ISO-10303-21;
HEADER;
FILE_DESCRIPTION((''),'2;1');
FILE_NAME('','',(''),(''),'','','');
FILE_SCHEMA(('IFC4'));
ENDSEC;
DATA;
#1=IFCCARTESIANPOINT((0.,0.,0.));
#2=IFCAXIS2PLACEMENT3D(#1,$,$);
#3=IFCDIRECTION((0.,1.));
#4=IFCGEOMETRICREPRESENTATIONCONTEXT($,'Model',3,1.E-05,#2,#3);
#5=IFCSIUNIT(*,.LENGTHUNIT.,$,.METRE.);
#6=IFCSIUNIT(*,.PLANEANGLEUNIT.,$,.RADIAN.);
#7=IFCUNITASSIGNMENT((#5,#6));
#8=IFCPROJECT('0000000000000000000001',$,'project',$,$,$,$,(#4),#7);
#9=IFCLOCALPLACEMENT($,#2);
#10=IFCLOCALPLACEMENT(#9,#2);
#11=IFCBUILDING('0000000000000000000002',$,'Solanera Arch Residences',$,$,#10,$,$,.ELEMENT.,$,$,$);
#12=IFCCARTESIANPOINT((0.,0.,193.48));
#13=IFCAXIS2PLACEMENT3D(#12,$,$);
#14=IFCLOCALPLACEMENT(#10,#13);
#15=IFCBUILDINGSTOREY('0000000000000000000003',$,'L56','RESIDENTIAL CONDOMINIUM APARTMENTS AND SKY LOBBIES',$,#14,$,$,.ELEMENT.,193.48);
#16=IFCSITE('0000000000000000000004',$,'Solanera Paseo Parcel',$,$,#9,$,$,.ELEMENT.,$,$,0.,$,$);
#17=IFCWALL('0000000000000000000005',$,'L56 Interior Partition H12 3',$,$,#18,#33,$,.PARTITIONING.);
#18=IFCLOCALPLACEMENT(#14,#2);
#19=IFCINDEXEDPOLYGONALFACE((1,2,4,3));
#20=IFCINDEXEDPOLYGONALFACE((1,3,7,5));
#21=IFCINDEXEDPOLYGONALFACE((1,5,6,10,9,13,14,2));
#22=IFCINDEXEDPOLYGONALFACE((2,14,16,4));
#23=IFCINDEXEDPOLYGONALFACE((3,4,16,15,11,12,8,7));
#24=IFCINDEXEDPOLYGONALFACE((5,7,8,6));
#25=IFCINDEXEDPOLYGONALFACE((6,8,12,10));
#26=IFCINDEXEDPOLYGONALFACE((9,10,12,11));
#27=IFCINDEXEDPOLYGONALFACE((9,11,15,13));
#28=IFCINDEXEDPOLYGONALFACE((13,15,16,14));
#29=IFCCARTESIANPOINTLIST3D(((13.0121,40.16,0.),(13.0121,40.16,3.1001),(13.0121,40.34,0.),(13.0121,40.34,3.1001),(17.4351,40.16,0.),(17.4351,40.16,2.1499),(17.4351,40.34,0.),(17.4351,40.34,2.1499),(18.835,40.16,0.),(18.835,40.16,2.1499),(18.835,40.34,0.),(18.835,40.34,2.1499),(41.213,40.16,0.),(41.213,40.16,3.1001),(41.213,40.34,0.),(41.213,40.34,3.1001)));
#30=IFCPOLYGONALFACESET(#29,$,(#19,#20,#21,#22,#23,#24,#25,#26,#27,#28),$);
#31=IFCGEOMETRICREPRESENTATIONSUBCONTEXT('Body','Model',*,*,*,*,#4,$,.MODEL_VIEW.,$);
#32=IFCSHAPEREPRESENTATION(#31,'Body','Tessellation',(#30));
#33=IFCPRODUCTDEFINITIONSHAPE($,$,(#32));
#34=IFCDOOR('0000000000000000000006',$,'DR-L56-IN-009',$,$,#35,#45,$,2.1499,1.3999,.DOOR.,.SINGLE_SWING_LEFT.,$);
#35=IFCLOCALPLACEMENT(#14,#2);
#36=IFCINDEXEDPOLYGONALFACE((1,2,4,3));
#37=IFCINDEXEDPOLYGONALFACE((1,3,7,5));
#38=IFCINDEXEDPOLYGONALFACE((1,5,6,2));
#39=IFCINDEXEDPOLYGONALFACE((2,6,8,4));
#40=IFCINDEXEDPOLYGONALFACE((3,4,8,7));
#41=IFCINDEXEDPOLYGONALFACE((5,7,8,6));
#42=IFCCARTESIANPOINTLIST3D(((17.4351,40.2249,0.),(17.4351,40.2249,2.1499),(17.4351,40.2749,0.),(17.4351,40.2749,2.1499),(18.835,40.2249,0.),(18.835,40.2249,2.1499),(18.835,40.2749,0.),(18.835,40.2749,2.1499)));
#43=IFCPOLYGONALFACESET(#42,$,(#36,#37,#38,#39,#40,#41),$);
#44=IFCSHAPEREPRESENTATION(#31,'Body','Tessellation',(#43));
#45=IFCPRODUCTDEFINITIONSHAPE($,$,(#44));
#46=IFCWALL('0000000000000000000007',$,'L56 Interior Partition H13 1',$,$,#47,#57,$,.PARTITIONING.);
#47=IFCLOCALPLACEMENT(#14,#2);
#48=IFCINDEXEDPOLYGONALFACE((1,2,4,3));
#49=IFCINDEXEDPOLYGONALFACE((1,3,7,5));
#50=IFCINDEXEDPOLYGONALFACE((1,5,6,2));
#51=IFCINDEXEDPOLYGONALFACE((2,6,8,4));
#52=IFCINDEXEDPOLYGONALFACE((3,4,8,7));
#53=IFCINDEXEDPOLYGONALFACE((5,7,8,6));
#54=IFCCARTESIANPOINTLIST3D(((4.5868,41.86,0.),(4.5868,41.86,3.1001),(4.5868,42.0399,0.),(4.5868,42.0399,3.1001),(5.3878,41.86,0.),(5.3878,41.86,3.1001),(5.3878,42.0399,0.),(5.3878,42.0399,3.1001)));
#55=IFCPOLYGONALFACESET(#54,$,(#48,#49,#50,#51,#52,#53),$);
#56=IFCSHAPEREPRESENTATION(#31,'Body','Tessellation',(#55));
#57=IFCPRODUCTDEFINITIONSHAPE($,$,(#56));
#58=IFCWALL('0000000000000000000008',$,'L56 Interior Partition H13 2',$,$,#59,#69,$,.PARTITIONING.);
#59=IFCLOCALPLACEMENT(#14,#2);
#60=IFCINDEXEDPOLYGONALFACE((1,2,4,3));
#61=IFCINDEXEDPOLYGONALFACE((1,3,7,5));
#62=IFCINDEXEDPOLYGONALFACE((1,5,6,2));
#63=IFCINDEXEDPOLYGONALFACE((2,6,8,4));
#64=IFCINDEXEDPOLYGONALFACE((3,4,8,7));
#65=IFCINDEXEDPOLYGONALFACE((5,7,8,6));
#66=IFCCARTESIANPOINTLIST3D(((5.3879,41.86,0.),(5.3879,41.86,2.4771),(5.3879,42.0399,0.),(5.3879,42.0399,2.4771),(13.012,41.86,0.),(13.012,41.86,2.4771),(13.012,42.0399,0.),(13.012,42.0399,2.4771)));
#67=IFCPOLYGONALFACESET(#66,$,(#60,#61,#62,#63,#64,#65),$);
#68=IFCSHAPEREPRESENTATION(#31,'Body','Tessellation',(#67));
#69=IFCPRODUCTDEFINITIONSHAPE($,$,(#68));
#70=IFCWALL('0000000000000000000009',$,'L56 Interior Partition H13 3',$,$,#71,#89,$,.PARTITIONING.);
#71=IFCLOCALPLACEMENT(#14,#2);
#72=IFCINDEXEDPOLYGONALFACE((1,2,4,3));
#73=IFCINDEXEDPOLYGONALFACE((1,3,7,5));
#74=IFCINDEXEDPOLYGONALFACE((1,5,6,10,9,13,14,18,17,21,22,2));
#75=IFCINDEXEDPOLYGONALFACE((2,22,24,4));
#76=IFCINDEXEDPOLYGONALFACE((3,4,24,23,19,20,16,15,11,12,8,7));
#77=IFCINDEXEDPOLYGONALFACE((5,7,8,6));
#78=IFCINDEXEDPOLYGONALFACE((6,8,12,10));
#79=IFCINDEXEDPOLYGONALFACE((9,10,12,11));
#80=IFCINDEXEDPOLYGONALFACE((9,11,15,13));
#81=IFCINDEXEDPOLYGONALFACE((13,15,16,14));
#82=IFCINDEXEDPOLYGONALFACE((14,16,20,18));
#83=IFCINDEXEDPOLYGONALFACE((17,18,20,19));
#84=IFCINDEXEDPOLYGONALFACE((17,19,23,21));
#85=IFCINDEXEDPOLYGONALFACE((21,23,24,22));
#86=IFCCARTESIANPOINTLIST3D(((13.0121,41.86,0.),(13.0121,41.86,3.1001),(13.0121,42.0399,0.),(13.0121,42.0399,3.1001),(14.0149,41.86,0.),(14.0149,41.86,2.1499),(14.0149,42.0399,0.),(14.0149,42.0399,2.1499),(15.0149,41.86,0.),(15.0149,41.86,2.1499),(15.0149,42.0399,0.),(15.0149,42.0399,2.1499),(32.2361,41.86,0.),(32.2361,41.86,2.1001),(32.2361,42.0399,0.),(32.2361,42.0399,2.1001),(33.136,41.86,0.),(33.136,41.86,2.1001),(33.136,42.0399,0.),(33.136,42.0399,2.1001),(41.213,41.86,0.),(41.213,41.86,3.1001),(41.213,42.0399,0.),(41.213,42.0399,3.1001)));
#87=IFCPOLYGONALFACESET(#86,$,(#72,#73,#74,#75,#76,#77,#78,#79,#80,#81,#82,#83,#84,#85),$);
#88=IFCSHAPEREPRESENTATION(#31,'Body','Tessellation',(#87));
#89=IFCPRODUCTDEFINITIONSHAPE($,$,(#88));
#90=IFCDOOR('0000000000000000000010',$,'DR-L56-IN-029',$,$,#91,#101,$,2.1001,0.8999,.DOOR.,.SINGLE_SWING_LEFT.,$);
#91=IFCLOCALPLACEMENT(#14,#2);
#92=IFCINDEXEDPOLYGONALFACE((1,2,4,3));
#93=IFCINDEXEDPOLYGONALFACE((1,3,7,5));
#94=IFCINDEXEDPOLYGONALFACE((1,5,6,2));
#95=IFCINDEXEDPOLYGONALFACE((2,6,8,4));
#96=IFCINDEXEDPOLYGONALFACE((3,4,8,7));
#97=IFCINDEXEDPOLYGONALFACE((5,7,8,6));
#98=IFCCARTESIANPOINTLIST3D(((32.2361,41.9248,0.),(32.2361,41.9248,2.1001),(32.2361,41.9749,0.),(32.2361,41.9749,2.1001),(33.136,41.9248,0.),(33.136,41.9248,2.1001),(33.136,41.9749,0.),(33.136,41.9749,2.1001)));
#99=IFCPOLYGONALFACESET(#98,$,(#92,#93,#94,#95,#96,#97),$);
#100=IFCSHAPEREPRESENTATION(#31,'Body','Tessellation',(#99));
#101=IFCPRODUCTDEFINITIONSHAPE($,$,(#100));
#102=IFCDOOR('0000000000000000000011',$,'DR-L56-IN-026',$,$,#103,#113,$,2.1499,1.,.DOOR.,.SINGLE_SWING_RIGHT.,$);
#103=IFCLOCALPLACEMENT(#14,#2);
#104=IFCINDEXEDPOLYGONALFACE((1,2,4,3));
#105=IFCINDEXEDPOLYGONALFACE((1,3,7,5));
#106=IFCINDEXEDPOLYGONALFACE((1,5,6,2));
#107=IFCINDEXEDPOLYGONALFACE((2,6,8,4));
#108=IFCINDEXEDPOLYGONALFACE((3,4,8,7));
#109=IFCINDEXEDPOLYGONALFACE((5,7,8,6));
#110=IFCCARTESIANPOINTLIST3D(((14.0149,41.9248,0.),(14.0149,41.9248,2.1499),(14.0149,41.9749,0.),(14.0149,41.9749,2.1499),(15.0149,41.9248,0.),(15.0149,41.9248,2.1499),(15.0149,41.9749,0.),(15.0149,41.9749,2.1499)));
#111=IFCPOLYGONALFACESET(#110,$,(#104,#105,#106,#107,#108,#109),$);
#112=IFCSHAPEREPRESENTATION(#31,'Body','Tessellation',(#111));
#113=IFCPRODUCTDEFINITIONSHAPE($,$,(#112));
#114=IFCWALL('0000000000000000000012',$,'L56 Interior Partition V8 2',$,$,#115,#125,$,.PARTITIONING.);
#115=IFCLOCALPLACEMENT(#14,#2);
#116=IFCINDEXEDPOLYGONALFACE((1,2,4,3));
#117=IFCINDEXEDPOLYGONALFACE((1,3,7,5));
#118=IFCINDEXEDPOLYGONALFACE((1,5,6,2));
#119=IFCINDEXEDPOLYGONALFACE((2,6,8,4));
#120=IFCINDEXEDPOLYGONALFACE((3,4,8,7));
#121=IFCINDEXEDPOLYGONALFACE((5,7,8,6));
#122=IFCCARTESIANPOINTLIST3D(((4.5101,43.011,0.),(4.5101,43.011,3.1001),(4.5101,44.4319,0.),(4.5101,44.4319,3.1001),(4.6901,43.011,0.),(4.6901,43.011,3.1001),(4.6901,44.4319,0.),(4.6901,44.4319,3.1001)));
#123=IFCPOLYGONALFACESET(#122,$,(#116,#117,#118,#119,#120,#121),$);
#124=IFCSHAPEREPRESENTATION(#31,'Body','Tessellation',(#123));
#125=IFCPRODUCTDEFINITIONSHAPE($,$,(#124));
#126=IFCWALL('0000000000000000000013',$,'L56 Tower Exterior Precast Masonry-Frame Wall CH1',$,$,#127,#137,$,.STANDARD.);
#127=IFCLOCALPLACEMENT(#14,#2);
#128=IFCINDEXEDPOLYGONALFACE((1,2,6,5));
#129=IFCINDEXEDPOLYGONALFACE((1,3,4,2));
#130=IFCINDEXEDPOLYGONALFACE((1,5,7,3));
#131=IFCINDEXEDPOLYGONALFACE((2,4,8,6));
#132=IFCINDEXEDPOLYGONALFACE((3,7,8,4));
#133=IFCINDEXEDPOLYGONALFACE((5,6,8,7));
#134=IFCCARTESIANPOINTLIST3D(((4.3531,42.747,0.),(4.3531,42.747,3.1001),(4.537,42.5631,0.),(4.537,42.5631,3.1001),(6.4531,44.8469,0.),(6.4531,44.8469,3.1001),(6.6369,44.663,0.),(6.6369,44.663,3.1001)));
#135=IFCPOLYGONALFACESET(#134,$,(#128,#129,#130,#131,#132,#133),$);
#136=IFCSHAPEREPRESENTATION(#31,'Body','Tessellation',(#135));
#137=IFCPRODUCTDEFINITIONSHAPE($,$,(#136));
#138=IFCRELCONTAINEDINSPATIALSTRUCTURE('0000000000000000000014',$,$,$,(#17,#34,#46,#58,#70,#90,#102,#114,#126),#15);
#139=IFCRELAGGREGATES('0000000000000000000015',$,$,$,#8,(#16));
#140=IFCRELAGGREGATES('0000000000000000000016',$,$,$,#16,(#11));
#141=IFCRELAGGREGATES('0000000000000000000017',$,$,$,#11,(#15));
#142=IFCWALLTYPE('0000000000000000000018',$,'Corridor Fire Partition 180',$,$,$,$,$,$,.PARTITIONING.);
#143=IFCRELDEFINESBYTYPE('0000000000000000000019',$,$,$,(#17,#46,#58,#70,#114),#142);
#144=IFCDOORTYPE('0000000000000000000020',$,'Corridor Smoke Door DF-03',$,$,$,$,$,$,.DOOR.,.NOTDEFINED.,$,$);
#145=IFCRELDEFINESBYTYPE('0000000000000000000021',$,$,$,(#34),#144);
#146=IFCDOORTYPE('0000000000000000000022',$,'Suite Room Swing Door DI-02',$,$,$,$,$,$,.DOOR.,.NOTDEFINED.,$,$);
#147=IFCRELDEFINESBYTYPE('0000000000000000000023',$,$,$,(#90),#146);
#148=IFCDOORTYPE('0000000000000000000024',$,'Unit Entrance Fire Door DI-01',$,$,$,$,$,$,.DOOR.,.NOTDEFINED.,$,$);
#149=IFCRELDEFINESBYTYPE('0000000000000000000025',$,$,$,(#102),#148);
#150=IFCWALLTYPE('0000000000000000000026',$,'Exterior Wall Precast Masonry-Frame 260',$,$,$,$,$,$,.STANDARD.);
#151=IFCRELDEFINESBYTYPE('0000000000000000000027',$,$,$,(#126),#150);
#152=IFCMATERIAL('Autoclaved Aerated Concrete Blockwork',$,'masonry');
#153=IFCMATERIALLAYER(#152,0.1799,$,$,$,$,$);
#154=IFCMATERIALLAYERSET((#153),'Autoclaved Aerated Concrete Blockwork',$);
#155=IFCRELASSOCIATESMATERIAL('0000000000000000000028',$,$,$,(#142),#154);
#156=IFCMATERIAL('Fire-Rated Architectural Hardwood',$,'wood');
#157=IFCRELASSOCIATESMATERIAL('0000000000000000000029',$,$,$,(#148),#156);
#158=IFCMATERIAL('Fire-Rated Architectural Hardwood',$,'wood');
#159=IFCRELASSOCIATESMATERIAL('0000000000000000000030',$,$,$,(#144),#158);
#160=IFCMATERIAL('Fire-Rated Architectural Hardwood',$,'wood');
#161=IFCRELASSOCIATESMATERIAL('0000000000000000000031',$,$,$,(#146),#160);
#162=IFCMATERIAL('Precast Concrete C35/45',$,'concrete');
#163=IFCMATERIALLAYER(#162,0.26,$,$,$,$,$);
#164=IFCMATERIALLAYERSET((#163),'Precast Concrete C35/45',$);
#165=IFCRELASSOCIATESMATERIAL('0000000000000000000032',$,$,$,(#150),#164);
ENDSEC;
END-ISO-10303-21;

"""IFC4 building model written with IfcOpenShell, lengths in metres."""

from ifc_helpers import new_model, si_unit, direction, frame, frame_2d, origin, place, context, subcontext, project, spatial, rectangle, extrude, material, layer, layer_set, type_object, element, fill, save


model = new_model("IFC4")

# Units and contexts
model_context = context("Model", 3, precision=1e-05, world=origin(), true_north=direction((0.0, 1.0)))
body_context = subcontext(model_context, "Body", "Model", "MODEL_VIEW")
ifc_project = project(units=[si_unit("LENGTHUNIT", "METRE"), si_unit("PLANEANGLEUNIT", "RADIAN")], contexts=[model_context])

# Site, building, storey
site_placement = place(None, origin())
site = spatial("IfcSite", under=ifc_project, at=site_placement, Name="Solanera Paseo Parcel", CompositionType="ELEMENT", RefElevation=0.0)
building_placement = place(site_placement, origin())
building = spatial("IfcBuilding", under=site, at=building_placement, Name="Solanera Arch Residences", CompositionType="ELEMENT")
storey_placement = place(building_placement, frame((0.0, 0.0, 193.48)))
storey = spatial("IfcBuildingStorey", under=building, at=storey_placement, Name="L56", Description="RESIDENTIAL CONDOMINIUM APARTMENTS AND SKY LOBBIES", CompositionType="ELEMENT", Elevation=193.48)

# Shared definitions
ifc_material_1 = material(Name="Autoclaved Aerated Concrete Blockwork", Category="masonry")
ifc_layer_1 = layer(ifc_material_1, 0.1799)
ifc_layer_set_1 = layer_set([ifc_layer_1], Name="Autoclaved Aerated Concrete Blockwork")
wall_type_1 = type_object("IfcWallType", Name="Corridor Fire Partition 180", PredefinedType="PARTITIONING", material=ifc_layer_set_1)

# Wall, opening, door
ifc_material_2 = material(Name="Fire-Rated Architectural Hardwood", Category="wood")
door_type_1 = type_object("IfcDoorType", Name="Unit Entrance Fire Door DI-01", OperationType="NOTDEFINED", PredefinedType="DOOR", material=ifc_material_2)
wall_1_placement = place(storey_placement, frame((13.012, 40.25, 0.0), z_axis=(0.0, 0.0, 1.0), x_axis=(1.0, 0.0, 0.0)))
wall_1 = element("IfcWall", 1, at=wall_1_placement, inside=storey, type_object=wall_type_1, Name="L56 Interior Partition H12 3", PredefinedType="PARTITIONING", context=body_context, shape_type="SweptSolid", body=[
    extrude(rectangle(XDim=28.2009, YDim=0.1799, at=frame_2d((14.1006, 0.0))), origin(), (0.0, 0.0, 1.0), 3.1001),
])
opening_1_placement = place(wall_1_placement, frame((4.4231, 0.0, 0.0)))
opening_1 = element("IfcOpeningElement", 2, at=opening_1_placement, cuts=wall_1, PredefinedType="OPENING", context=body_context, shape_type="SweptSolid", body=[
    extrude(rectangle(XDim=1.3999, YDim=2.1499, at=frame_2d((0.7, 1.075))), frame((0.0, 0.1001, 0.0), z_axis=(0.0, -1.0, 0.0), x_axis=(1.0, 0.0, 0.0)), (0.0, 0.0, 1.0), 0.1999),
])
ifc_material_3 = material(Name="Fire-Rated Architectural Hardwood", Category="wood")
door_type_2 = type_object("IfcDoorType", Name="Corridor Smoke Door DF-03", OperationType="NOTDEFINED", PredefinedType="DOOR", material=ifc_material_3)
door_1_placement = place(opening_1_placement, origin())
door_1 = element("IfcDoor", 3, at=door_1_placement, inside=storey, type_object=door_type_2, Name="DR-L56-IN-009", OperationType="SINGLE_SWING_LEFT", OverallHeight=2.1499, OverallWidth=1.3999, PredefinedType="DOOR", context=body_context, shape_type="SweptSolid", body=[
    extrude(rectangle(XDim=1.3999, YDim=2.1499, at=frame_2d((0.7, 1.075))), frame((0.0, 0.0249, 0.0), z_axis=(0.0, -1.0, 0.0), x_axis=(1.0, 0.0, 0.0)), (0.0, 0.0, 1.0), 0.05),
])
fill(opening_1, door_1)

# Walls
wall_2_placement = place(storey_placement, frame((4.5869, 41.95, 0.0), z_axis=(0.0, 0.0, 1.0), x_axis=(1.0, 0.0, 0.0)))
element("IfcWall", 4, at=wall_2_placement, inside=storey, type_object=wall_type_1, Name="L56 Interior Partition H13 1", PredefinedType="PARTITIONING", context=body_context, shape_type="SweptSolid", body=[
    extrude(rectangle(XDim=0.801, YDim=0.1799, at=frame_2d((0.4004, 0.0))), origin(), (0.0, 0.0, 1.0), 3.1001),
])
wall_3_placement = place(storey_placement, frame((5.3879, 41.95, 0.0), z_axis=(0.0, 0.0, 1.0), x_axis=(1.0, 0.0, 0.0)))
element("IfcWall", 5, at=wall_3_placement, inside=storey, type_object=wall_type_1, Name="L56 Interior Partition H13 2", PredefinedType="PARTITIONING", context=body_context, shape_type="SweptSolid", body=[
    extrude(rectangle(XDim=7.624, YDim=0.1799, at=frame_2d((3.812, 0.0))), origin(), (0.0, 0.0, 1.0), 2.4771),
])

# Wall, openings, doors
wall_4_placement = place(storey_placement, frame((13.012, 41.95, 0.0), z_axis=(0.0, 0.0, 1.0), x_axis=(1.0, 0.0, 0.0)))
wall_4 = element("IfcWall", 6, at=wall_4_placement, inside=storey, type_object=wall_type_1, Name="L56 Interior Partition H13 3", PredefinedType="PARTITIONING", context=body_context, shape_type="SweptSolid", body=[
    extrude(rectangle(XDim=28.2009, YDim=0.1799, at=frame_2d((14.1006, 0.0))), origin(), (0.0, 0.0, 1.0), 3.1001),
])
opening_2_placement = place(wall_4_placement, frame((1.0029, 0.0, 0.0)))
opening_2 = element("IfcOpeningElement", 7, at=opening_2_placement, cuts=wall_4, PredefinedType="OPENING", context=body_context, shape_type="SweptSolid", body=[
    extrude(rectangle(XDim=1.0, YDim=2.1499, at=frame_2d((0.5, 1.075))), frame((0.0, 0.1001, 0.0), z_axis=(0.0, -1.0, 0.0), x_axis=(1.0, 0.0, 0.0)), (0.0, 0.0, 1.0), 0.1999),
])
opening_3_placement = place(wall_4_placement, frame((19.2241, 0.0, 0.0)))
opening_3 = element("IfcOpeningElement", 8, at=opening_3_placement, cuts=wall_4, PredefinedType="OPENING", context=body_context, shape_type="SweptSolid", body=[
    extrude(rectangle(XDim=0.8999, YDim=2.1001, at=frame_2d((0.45, 1.05))), frame((0.0, 0.1001, 0.0), z_axis=(0.0, -1.0, 0.0), x_axis=(1.0, 0.0, 0.0)), (0.0, 0.0, 1.0), 0.1999),
])
ifc_material_4 = material(Name="Fire-Rated Architectural Hardwood", Category="wood")
door_type_3 = type_object("IfcDoorType", Name="Suite Room Swing Door DI-02", OperationType="NOTDEFINED", PredefinedType="DOOR", material=ifc_material_4)
door_2_placement = place(opening_3_placement, origin())
door_2 = element("IfcDoor", 9, at=door_2_placement, inside=storey, type_object=door_type_3, Name="DR-L56-IN-029", OperationType="SINGLE_SWING_LEFT", OverallHeight=2.1001, OverallWidth=0.8999, PredefinedType="DOOR", context=body_context, shape_type="SweptSolid", body=[
    extrude(rectangle(XDim=0.8999, YDim=2.1001, at=frame_2d((0.45, 1.05))), frame((0.0, 0.0249, 0.0), z_axis=(0.0, -1.0, 0.0), x_axis=(1.0, 0.0, 0.0)), (0.0, 0.0, 1.0), 0.05),
])
fill(opening_3, door_2)
door_3_placement = place(opening_2_placement, origin())
door_3 = element("IfcDoor", 10, at=door_3_placement, inside=storey, type_object=door_type_1, Name="DR-L56-IN-026", OperationType="SINGLE_SWING_RIGHT", OverallHeight=2.1499, OverallWidth=1.0, PredefinedType="DOOR", context=body_context, shape_type="SweptSolid", body=[
    extrude(rectangle(XDim=1.0, YDim=2.1499, at=frame_2d((0.5, 1.075))), frame((0.0, 0.0249, 0.0), z_axis=(0.0, -1.0, 0.0), x_axis=(1.0, 0.0, 0.0)), (0.0, 0.0, 1.0), 0.05),
])
fill(opening_2, door_3)

# Walls
wall_5_placement = place(storey_placement, frame((4.6001, 43.011, 0.0), z_axis=(0.0, 0.0, 1.0), x_axis=(0.0, 1.0, 0.0)))
element("IfcWall", 11, at=wall_5_placement, inside=storey, type_object=wall_type_1, Name="L56 Interior Partition V8 2", PredefinedType="PARTITIONING", context=body_context, shape_type="SweptSolid", body=[
    extrude(rectangle(XDim=1.4209, YDim=0.1799, at=frame_2d((0.7104, 0.0))), origin(), (0.0, 0.0, 1.0), 3.1001),
])
ifc_material_5 = material(Name="Precast Concrete C35/45", Category="concrete")
ifc_layer_2 = layer(ifc_material_5, 0.26)
ifc_layer_set_2 = layer_set([ifc_layer_2], Name="Precast Concrete C35/45")
wall_type_2 = type_object("IfcWallType", Name="Exterior Wall Precast Masonry-Frame 260", PredefinedType="STANDARD", material=ifc_layer_set_2)
wall_6_placement = place(storey_placement, frame((4.4451, 42.655, 0.0), z_axis=(0.0, 0.0, 1.0), x_axis=(0.707107, 0.707107, 0.0)))
element("IfcWall", 12, at=wall_6_placement, inside=storey, type_object=wall_type_2, Name="L56 Tower Exterior Precast Masonry-Frame Wall CH1", PredefinedType="STANDARD", context=body_context, shape_type="SweptSolid", body=[
    extrude(rectangle(XDim=2.9697, YDim=0.26, at=frame_2d((1.4849, 0.0))), origin(), (0.0, 0.0, 1.0), 3.1001),
])

save(model, "model.ifc")
